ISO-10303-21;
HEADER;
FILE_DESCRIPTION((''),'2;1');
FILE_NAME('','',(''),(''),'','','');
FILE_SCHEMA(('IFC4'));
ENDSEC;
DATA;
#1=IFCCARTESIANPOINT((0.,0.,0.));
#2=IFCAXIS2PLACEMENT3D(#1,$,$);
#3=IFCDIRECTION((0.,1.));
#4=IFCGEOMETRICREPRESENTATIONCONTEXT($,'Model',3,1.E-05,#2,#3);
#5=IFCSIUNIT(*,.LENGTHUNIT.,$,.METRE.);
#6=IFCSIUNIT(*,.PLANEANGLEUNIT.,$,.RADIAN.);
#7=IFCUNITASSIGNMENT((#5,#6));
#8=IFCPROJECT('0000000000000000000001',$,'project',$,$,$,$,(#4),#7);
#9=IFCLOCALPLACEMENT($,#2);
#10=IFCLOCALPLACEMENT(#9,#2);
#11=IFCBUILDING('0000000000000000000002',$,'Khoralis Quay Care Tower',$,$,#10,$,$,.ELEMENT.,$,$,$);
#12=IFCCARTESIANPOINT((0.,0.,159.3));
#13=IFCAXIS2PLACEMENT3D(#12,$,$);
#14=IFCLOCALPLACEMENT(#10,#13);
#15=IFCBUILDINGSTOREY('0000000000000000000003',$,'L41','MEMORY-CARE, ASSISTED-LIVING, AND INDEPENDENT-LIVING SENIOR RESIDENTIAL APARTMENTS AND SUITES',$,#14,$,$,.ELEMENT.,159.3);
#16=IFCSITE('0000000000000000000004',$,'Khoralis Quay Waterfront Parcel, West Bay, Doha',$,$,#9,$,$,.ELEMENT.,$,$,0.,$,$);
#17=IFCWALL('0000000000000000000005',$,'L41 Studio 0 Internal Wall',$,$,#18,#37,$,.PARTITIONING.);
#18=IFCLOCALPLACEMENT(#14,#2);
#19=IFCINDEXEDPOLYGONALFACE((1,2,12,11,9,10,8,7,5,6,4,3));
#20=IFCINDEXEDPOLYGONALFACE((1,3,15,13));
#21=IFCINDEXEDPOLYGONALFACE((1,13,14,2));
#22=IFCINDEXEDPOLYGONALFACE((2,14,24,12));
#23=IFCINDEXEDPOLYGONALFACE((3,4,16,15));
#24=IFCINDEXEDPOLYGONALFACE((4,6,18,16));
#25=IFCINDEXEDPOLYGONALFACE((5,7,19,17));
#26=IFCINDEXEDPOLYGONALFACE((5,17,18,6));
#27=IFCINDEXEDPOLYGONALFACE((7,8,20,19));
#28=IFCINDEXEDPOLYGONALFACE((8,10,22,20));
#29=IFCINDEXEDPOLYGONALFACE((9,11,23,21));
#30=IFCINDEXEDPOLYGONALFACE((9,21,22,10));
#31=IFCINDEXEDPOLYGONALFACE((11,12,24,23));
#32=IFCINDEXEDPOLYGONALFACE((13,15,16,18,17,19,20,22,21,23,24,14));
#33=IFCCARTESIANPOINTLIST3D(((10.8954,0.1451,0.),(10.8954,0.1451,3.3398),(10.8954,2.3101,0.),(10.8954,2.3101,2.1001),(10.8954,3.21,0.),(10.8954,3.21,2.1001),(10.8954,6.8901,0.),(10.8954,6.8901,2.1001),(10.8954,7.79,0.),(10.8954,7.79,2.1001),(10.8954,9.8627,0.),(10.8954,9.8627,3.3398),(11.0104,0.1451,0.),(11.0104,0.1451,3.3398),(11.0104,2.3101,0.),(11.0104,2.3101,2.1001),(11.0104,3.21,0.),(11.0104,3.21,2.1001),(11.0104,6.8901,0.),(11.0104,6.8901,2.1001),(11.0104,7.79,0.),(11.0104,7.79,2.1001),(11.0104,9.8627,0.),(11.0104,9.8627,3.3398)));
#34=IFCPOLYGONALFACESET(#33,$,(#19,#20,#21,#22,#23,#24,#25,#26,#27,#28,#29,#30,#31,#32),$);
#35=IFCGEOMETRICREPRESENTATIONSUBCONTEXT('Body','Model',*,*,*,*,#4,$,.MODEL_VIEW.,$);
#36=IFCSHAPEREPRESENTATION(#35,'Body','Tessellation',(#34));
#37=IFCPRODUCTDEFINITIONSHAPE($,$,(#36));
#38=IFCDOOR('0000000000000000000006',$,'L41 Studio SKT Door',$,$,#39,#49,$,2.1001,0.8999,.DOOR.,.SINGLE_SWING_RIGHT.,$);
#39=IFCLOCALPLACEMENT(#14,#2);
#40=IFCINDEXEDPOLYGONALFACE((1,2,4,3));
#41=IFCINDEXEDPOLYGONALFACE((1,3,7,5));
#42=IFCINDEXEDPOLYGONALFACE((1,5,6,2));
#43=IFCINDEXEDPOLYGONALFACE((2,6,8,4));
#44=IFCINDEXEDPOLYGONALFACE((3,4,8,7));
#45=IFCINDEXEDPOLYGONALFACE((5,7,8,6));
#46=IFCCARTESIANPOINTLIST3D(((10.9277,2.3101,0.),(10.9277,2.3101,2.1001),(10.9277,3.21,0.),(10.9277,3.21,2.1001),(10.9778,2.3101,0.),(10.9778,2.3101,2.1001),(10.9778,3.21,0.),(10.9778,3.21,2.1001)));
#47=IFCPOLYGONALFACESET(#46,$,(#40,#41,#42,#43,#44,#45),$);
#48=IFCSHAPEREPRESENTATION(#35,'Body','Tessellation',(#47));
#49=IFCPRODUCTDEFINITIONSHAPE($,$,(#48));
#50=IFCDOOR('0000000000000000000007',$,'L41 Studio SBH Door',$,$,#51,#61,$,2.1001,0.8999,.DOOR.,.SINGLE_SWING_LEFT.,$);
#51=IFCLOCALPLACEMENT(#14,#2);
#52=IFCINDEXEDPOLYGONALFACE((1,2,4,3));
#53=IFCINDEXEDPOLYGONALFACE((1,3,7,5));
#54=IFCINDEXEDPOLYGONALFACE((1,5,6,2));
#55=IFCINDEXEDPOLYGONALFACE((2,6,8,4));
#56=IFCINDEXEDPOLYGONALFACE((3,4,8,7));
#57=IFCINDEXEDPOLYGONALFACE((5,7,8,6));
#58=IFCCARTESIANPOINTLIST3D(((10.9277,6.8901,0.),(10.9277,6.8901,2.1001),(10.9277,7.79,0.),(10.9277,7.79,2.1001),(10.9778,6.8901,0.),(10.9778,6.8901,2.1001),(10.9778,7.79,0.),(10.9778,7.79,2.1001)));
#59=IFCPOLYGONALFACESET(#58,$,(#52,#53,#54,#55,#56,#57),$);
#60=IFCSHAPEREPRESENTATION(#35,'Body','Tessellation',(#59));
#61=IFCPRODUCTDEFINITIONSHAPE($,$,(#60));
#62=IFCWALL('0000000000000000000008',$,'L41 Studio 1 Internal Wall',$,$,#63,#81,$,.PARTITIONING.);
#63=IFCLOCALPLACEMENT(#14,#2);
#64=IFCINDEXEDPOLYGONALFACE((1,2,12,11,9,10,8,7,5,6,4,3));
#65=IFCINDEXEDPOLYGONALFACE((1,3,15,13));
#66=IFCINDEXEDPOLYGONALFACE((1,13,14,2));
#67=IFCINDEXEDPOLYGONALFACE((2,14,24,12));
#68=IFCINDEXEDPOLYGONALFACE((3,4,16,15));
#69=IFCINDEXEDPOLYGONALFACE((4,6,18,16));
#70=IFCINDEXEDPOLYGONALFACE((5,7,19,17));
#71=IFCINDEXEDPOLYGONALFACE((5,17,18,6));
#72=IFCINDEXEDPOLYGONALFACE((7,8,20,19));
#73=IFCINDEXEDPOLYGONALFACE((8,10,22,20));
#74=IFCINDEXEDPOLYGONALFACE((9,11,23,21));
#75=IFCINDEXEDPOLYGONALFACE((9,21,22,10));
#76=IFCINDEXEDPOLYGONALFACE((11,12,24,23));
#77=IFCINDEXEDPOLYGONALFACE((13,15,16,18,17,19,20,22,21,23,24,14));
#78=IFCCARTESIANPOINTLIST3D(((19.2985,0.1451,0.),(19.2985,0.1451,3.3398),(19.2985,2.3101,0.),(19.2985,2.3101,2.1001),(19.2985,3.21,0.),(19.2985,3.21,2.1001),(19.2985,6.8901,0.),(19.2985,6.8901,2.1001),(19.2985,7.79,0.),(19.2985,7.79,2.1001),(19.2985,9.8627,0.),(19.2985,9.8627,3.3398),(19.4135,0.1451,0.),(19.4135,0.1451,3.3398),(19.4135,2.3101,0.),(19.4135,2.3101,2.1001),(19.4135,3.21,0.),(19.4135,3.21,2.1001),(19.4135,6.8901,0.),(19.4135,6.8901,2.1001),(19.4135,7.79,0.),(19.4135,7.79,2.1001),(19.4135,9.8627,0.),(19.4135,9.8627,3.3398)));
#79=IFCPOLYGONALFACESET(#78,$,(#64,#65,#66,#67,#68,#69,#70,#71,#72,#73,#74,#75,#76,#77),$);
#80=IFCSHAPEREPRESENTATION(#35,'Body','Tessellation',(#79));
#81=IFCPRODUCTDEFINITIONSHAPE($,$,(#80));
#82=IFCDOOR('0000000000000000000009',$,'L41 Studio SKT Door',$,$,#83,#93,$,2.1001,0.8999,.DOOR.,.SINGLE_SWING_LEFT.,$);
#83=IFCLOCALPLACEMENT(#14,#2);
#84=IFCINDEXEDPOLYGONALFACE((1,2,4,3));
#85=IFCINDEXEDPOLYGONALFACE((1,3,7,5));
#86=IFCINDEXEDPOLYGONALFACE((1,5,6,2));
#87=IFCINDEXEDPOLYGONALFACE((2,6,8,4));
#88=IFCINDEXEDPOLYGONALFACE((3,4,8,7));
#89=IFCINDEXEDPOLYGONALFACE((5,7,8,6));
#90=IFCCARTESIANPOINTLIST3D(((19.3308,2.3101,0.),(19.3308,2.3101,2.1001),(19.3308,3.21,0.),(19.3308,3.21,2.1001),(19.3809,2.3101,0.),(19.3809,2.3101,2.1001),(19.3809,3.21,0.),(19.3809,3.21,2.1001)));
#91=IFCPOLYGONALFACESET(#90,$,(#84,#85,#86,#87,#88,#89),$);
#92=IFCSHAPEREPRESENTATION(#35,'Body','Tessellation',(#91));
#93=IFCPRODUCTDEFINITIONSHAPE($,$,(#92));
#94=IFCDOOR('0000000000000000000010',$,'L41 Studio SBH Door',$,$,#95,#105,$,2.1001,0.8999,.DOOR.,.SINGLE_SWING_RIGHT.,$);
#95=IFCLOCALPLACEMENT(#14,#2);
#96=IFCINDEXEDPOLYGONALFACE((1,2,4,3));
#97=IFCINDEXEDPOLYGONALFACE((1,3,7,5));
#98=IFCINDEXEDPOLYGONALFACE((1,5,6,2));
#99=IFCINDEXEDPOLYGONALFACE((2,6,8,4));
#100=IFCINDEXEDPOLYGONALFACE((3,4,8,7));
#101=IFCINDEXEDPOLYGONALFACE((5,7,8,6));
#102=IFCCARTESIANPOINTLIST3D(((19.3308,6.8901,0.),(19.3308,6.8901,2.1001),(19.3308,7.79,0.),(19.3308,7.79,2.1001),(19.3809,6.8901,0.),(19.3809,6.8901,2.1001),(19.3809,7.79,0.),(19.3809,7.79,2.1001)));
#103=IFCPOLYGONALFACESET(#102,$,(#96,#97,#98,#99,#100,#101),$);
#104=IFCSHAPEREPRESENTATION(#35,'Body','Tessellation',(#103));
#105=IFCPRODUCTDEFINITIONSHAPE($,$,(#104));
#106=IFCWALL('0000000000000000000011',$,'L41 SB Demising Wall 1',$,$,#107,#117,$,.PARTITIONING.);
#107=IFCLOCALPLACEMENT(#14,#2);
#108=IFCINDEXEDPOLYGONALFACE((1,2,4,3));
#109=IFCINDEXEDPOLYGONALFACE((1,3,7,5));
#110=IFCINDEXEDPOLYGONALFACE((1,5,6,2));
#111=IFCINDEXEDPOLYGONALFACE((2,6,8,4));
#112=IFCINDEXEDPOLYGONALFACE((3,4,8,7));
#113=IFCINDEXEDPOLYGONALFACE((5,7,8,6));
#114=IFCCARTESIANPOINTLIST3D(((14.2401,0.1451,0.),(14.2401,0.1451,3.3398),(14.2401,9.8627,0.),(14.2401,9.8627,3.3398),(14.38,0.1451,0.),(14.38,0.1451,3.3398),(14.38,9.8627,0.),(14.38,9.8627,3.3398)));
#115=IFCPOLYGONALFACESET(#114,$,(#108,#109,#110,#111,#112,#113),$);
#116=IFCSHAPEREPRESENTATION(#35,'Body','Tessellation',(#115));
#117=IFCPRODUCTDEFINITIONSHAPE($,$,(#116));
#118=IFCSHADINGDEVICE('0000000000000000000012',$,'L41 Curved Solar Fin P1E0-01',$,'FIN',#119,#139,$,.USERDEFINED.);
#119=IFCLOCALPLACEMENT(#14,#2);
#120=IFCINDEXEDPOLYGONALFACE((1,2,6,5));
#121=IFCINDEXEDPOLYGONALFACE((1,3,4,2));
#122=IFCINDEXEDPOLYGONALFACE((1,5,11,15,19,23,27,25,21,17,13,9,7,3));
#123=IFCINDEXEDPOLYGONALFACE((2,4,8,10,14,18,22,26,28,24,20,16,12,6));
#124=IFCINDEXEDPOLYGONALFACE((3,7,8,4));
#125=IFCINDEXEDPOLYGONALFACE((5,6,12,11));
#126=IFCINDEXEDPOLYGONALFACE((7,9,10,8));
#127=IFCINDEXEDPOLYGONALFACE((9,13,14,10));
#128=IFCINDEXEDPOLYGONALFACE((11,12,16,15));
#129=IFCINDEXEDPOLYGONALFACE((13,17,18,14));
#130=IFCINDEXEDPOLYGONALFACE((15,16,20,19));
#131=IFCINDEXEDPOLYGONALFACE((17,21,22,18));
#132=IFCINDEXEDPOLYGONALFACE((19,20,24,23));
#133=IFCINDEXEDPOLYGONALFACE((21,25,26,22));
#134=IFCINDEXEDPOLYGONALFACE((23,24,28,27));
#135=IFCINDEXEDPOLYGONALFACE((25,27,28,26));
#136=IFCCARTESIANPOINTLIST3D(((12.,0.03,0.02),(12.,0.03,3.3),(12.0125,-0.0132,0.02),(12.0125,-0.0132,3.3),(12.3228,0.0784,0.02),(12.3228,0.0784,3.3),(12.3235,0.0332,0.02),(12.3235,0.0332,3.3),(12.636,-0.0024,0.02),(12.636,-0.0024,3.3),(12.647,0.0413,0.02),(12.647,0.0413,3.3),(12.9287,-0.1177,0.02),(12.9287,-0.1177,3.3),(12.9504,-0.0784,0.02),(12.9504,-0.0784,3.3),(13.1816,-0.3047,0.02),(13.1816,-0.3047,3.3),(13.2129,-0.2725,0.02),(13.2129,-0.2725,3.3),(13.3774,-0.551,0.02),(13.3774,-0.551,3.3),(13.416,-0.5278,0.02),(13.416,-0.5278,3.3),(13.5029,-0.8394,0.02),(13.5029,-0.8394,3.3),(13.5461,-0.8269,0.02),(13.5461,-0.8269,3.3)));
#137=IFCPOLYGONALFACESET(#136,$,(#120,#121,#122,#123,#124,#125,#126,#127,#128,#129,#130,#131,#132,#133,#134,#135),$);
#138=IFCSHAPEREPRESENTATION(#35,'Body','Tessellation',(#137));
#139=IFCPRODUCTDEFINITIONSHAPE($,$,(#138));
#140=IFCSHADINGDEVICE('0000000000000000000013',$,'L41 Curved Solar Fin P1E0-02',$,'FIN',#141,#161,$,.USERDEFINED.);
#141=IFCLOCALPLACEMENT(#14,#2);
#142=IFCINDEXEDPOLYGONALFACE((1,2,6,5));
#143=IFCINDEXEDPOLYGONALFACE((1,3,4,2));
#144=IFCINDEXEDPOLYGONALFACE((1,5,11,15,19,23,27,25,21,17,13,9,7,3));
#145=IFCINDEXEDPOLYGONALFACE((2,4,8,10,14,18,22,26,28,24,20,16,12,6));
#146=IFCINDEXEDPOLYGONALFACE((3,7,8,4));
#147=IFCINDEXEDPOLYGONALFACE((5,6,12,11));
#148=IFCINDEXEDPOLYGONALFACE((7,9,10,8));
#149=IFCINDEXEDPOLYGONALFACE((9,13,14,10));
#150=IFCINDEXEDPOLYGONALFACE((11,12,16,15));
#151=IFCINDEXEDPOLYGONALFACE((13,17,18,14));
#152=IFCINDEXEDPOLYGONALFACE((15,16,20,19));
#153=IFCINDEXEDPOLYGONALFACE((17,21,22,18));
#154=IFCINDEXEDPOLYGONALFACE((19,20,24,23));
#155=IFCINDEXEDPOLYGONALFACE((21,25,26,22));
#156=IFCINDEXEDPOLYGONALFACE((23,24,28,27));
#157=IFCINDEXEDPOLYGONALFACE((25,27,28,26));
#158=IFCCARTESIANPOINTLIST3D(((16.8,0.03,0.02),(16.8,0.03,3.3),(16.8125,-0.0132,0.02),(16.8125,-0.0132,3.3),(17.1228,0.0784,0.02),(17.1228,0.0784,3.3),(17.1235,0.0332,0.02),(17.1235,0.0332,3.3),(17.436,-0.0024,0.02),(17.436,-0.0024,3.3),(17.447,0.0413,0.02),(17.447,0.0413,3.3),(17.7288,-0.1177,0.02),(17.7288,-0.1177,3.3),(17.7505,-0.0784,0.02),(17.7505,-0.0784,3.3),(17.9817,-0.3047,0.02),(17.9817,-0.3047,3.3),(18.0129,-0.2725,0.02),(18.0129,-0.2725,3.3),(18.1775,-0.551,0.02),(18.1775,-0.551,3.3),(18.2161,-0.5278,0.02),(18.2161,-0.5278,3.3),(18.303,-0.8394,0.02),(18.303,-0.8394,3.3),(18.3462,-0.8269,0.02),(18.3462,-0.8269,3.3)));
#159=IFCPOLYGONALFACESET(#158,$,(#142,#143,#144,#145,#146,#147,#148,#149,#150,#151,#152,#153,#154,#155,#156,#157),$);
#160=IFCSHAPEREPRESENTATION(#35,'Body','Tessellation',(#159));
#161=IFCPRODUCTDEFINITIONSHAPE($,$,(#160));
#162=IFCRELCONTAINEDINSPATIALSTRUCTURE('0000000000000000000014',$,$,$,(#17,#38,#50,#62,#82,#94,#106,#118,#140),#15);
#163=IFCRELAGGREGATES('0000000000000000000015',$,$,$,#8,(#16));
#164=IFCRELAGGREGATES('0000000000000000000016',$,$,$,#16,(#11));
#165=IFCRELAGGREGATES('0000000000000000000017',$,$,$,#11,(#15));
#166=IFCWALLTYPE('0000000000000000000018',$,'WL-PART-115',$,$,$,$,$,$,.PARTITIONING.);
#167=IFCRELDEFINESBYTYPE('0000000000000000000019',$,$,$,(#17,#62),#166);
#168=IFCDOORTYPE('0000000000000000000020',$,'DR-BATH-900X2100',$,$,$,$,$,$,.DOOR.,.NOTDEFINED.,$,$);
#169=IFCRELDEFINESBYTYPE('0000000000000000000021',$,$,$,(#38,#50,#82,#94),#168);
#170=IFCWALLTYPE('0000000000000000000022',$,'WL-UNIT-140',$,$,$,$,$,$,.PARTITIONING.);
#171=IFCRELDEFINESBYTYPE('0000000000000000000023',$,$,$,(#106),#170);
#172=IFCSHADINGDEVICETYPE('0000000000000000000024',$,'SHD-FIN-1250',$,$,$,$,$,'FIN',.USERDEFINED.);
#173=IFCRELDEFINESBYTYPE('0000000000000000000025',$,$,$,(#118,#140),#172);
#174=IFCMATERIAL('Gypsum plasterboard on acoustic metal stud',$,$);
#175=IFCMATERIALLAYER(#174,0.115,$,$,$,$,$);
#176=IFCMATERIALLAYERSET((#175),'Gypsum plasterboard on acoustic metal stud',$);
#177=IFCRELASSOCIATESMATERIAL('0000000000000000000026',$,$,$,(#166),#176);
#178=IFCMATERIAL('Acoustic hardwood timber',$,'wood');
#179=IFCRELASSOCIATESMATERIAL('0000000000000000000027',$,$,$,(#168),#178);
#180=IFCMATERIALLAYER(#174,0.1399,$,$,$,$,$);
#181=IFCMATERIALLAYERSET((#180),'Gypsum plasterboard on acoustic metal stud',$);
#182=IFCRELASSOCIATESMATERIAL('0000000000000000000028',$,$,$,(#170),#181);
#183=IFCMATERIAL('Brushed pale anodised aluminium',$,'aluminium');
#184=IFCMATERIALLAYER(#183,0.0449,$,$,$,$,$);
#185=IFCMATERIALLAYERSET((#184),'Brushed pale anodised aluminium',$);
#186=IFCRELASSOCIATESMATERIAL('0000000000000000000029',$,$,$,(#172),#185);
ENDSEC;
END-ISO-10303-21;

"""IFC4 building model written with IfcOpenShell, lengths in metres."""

from ifc_helpers import new_model, si_unit, direction, frame, frame_2d, origin, place, context, subcontext, project, spatial, polyline, rectangle, outline, extrude, source, transform, mapped, material, layer, layer_set, type_object, element, fill, save


model = new_model("IFC4")

# Units and contexts
model_context = context("Model", 3, precision=1e-05, world=origin(), true_north=direction((0.0, 1.0)))
body_context = subcontext(model_context, "Body", "Model", "MODEL_VIEW")
ifc_project = project(units=[si_unit("LENGTHUNIT", "METRE"), si_unit("PLANEANGLEUNIT", "RADIAN")], contexts=[model_context])

# Site, building, storey
site_placement = place(None, origin())
site = spatial("IfcSite", under=ifc_project, at=site_placement, Name="Khoralis Quay Waterfront Parcel, West Bay, Doha", CompositionType="ELEMENT", RefElevation=0.0)
building_placement = place(site_placement, origin())
building = spatial("IfcBuilding", under=site, at=building_placement, Name="Khoralis Quay Care Tower", CompositionType="ELEMENT")
storey_placement = place(building_placement, frame((0.0, 0.0, 159.3)))
storey = spatial("IfcBuildingStorey", under=building, at=storey_placement, Name="L41", Description="MEMORY-CARE, ASSISTED-LIVING, AND INDEPENDENT-LIVING SENIOR RESIDENTIAL APARTMENTS AND SUITES", CompositionType="ELEMENT", Elevation=159.3)

# Walls, openings, doors
ifc_material_1 = material(Name="Gypsum plasterboard on acoustic metal stud")
ifc_layer_1 = layer(ifc_material_1, 0.115)
ifc_layer_set_1 = layer_set([ifc_layer_1], Name="Gypsum plasterboard on acoustic metal stud")
wall_type_1 = type_object("IfcWallType", Name="WL-PART-115", PredefinedType="PARTITIONING", material=ifc_layer_set_1)
wall_1_placement = place(storey_placement, frame((10.9529, 0.145, 0.0), z_axis=(0.0, 0.0, 1.0), x_axis=(0.0, 1.0, 0.0)))
wall_1 = element("IfcWall", 1, at=wall_1_placement, inside=storey, type_object=wall_type_1, Name="L41 Studio 0 Internal Wall", PredefinedType="PARTITIONING", context=body_context, shape_type="SweptSolid", body=[
    extrude(rectangle(XDim=9.7175, YDim=0.115, at=frame_2d((4.8589, 0.0))), origin(), (0.0, 0.0, 1.0), 3.3398),
])
opening_1_placement = place(wall_1_placement, frame((2.165, 0.0, 0.0)))
opening_1 = element("IfcOpeningElement", 2, at=opening_1_placement, cuts=wall_1, PredefinedType="OPENING", context=body_context, shape_type="SweptSolid", body=[
    extrude(rectangle(XDim=0.8999, YDim=2.1001, at=frame_2d((0.45, 1.05))), frame((0.0, 0.0674, 0.0), z_axis=(0.0, -1.0, 0.0), x_axis=(1.0, 0.0, 0.0)), (0.0, 0.0, 1.0), 0.135),
])
opening_2_placement = place(wall_1_placement, frame((6.7451, 0.0, 0.0)))
opening_2 = element("IfcOpeningElement", 3, at=opening_2_placement, cuts=wall_1, PredefinedType="OPENING", context=body_context, shape_type="SweptSolid", body=[
    extrude(rectangle(XDim=0.8999, YDim=2.1001, at=frame_2d((0.45, 1.05))), frame((0.0, 0.0674, 0.0), z_axis=(0.0, -1.0, 0.0), x_axis=(1.0, 0.0, 0.0)), (0.0, 0.0, 1.0), 0.135),
])
ifc_material_2 = material(Name="Acoustic hardwood timber", Category="wood")
door_type = type_object("IfcDoorType", Name="DR-BATH-900X2100", OperationType="NOTDEFINED", PredefinedType="DOOR", material=ifc_material_2)
shared_shape_1 = source(origin(), body_context, "Body", "SweptSolid", [
    extrude(rectangle(XDim=0.8999, YDim=2.1001, at=frame_2d((0.45, 1.05))), frame((0.0, 0.0249, 0.0), z_axis=(0.0, -1.0, 0.0), x_axis=(1.0, 0.0, 0.0)), (0.0, 0.0, 1.0), 0.05),
])
door_1_placement = place(opening_1_placement, frame((0.8999, 0.0, 0.0), z_axis=(0.0, 0.0, 1.0), x_axis=(-1.0, 0.0, 0.0)))
door_1 = element("IfcDoor", 4, at=door_1_placement, inside=storey, type_object=door_type, Name="L41 Studio SKT Door", OperationType="SINGLE_SWING_RIGHT", OverallHeight=2.1001, OverallWidth=0.8999, PredefinedType="DOOR", context=body_context, shape_type="MappedRepresentation", body=[
    mapped(shared_shape_1, transform((0.0, 0.0, 0.0), scale=1.0)),
])
fill(opening_1, door_1)
door_2_placement = place(opening_2_placement, frame((0.8999, 0.0, 0.0), z_axis=(0.0, 0.0, 1.0), x_axis=(-1.0, 0.0, 0.0)))
door_2 = element("IfcDoor", 5, at=door_2_placement, inside=storey, type_object=door_type, Name="L41 Studio SBH Door", OperationType="SINGLE_SWING_LEFT", OverallHeight=2.1001, OverallWidth=0.8999, PredefinedType="DOOR", context=body_context, shape_type="MappedRepresentation", body=[
    mapped(shared_shape_1, transform((0.0, 0.0, 0.0), scale=1.0)),
])
fill(opening_2, door_2)
wall_2_placement = place(storey_placement, frame((19.356, 0.145, 0.0), z_axis=(0.0, 0.0, 1.0), x_axis=(0.0, 1.0, 0.0)))
wall_2 = element("IfcWall", 6, at=wall_2_placement, inside=storey, type_object=wall_type_1, Name="L41 Studio 1 Internal Wall", PredefinedType="PARTITIONING", context=body_context, shape_type="SweptSolid", body=[
    extrude(rectangle(XDim=9.7175, YDim=0.115, at=frame_2d((4.8589, 0.0))), origin(), (0.0, 0.0, 1.0), 3.3398),
])
opening_3_placement = place(wall_2_placement, frame((2.165, 0.0, 0.0)))
opening_3 = element("IfcOpeningElement", 7, at=opening_3_placement, cuts=wall_2, PredefinedType="OPENING", context=body_context, shape_type="SweptSolid", body=[
    extrude(rectangle(XDim=0.8999, YDim=2.1001, at=frame_2d((0.45, 1.05))), frame((0.0, 0.0674, 0.0), z_axis=(0.0, -1.0, 0.0), x_axis=(1.0, 0.0, 0.0)), (0.0, 0.0, 1.0), 0.135),
])
opening_4_placement = place(wall_2_placement, frame((6.7451, 0.0, 0.0)))
opening_4 = element("IfcOpeningElement", 8, at=opening_4_placement, cuts=wall_2, PredefinedType="OPENING", context=body_context, shape_type="SweptSolid", body=[
    extrude(rectangle(XDim=0.8999, YDim=2.1001, at=frame_2d((0.45, 1.05))), frame((0.0, 0.0674, 0.0), z_axis=(0.0, -1.0, 0.0), x_axis=(1.0, 0.0, 0.0)), (0.0, 0.0, 1.0), 0.135),
])
door_3_placement = place(opening_3_placement, frame((0.8999, 0.0, 0.0), z_axis=(0.0, 0.0, 1.0), x_axis=(-1.0, 0.0, 0.0)))
door_3 = element("IfcDoor", 9, at=door_3_placement, inside=storey, type_object=door_type, Name="L41 Studio SKT Door", OperationType="SINGLE_SWING_LEFT", OverallHeight=2.1001, OverallWidth=0.8999, PredefinedType="DOOR", context=body_context, shape_type="MappedRepresentation", body=[
    mapped(shared_shape_1, transform((0.0, 0.0, 0.0), scale=1.0)),
])
fill(opening_3, door_3)
door_4_placement = place(opening_4_placement, frame((0.8999, 0.0, 0.0), z_axis=(0.0, 0.0, 1.0), x_axis=(-1.0, 0.0, 0.0)))
door_4 = element("IfcDoor", 10, at=door_4_placement, inside=storey, type_object=door_type, Name="L41 Studio SBH Door", OperationType="SINGLE_SWING_RIGHT", OverallHeight=2.1001, OverallWidth=0.8999, PredefinedType="DOOR", context=body_context, shape_type="MappedRepresentation", body=[
    mapped(shared_shape_1, transform((0.0, 0.0, 0.0), scale=1.0)),
])
fill(opening_4, door_4)

# Wall
ifc_layer_2 = layer(ifc_material_1, 0.1399)
ifc_layer_set_2 = layer_set([ifc_layer_2], Name="Gypsum plasterboard on acoustic metal stud")
wall_type_2 = type_object("IfcWallType", Name="WL-UNIT-140", PredefinedType="PARTITIONING", material=ifc_layer_set_2)
wall_3_placement = place(storey_placement, frame((14.3101, 0.145, 0.0), z_axis=(0.0, 0.0, 1.0), x_axis=(0.0, 1.0, 0.0)))
element("IfcWall", 11, at=wall_3_placement, inside=storey, type_object=wall_type_2, Name="L41 SB Demising Wall 1", PredefinedType="PARTITIONING", context=body_context, shape_type="SweptSolid", body=[
    extrude(rectangle(XDim=9.7175, YDim=0.1399, at=frame_2d((4.8589, 0.0))), origin(), (0.0, 0.0, 1.0), 3.3398),
])

# Shading devices
ifc_material_3 = material(Name="Brushed pale anodised aluminium", Category="aluminium")
ifc_layer_3 = layer(ifc_material_3, 0.0449)
ifc_layer_set_3 = layer_set([ifc_layer_3], Name="Brushed pale anodised aluminium")
shading_device_type = type_object("IfcShadingDeviceType", Name="SHD-FIN-1250", ElementType="FIN", PredefinedType="USERDEFINED", material=ifc_layer_set_3)
shared_shape_2 = source(origin(), body_context, "Body", "SweptSolid", [
    extrude(outline(polyline([(0.0, 0.0), (-0.0483, 0.3228), (-0.0112, 0.647), (0.1084, 0.9504), (0.3025, 1.2129), (0.5579, 1.416), (0.8569, 1.5461), (0.8694, 1.5029), (0.5811, 1.3774), (0.3347, 1.1816), (0.1477, 0.9287), (0.0325, 0.636), (-0.0032, 0.3235), (0.0432, 0.0125), (0.0, 0.0)])), origin(), (0.0, 0.0, 1.0), 3.28),
])
for number, where, z_axis, x_axis, name in (
    (12, (12.0, 0.03, 0.02), (0.0, 0.0, 1.0), (0.0, -1.0, 0.0), "L41 Curved Solar Fin P1E0-01"),
    (13, (16.8, 0.03, 0.02), (0.0, 0.0, 1.0), (0.0, -1.0, 0.0), "L41 Curved Solar Fin P1E0-02"),
):
    element("IfcShadingDevice", number, at=place(storey_placement, frame(where, z_axis=z_axis, x_axis=x_axis)), inside=storey, type_object=shading_device_type, Name=name, ObjectType="FIN", PredefinedType="USERDEFINED", context=body_context, shape_type="MappedRepresentation", body=[
        mapped(shared_shape_2, transform((0.0, 0.0, 0.0), scale=1.0)),
    ])

save(model, "model.ifc")
